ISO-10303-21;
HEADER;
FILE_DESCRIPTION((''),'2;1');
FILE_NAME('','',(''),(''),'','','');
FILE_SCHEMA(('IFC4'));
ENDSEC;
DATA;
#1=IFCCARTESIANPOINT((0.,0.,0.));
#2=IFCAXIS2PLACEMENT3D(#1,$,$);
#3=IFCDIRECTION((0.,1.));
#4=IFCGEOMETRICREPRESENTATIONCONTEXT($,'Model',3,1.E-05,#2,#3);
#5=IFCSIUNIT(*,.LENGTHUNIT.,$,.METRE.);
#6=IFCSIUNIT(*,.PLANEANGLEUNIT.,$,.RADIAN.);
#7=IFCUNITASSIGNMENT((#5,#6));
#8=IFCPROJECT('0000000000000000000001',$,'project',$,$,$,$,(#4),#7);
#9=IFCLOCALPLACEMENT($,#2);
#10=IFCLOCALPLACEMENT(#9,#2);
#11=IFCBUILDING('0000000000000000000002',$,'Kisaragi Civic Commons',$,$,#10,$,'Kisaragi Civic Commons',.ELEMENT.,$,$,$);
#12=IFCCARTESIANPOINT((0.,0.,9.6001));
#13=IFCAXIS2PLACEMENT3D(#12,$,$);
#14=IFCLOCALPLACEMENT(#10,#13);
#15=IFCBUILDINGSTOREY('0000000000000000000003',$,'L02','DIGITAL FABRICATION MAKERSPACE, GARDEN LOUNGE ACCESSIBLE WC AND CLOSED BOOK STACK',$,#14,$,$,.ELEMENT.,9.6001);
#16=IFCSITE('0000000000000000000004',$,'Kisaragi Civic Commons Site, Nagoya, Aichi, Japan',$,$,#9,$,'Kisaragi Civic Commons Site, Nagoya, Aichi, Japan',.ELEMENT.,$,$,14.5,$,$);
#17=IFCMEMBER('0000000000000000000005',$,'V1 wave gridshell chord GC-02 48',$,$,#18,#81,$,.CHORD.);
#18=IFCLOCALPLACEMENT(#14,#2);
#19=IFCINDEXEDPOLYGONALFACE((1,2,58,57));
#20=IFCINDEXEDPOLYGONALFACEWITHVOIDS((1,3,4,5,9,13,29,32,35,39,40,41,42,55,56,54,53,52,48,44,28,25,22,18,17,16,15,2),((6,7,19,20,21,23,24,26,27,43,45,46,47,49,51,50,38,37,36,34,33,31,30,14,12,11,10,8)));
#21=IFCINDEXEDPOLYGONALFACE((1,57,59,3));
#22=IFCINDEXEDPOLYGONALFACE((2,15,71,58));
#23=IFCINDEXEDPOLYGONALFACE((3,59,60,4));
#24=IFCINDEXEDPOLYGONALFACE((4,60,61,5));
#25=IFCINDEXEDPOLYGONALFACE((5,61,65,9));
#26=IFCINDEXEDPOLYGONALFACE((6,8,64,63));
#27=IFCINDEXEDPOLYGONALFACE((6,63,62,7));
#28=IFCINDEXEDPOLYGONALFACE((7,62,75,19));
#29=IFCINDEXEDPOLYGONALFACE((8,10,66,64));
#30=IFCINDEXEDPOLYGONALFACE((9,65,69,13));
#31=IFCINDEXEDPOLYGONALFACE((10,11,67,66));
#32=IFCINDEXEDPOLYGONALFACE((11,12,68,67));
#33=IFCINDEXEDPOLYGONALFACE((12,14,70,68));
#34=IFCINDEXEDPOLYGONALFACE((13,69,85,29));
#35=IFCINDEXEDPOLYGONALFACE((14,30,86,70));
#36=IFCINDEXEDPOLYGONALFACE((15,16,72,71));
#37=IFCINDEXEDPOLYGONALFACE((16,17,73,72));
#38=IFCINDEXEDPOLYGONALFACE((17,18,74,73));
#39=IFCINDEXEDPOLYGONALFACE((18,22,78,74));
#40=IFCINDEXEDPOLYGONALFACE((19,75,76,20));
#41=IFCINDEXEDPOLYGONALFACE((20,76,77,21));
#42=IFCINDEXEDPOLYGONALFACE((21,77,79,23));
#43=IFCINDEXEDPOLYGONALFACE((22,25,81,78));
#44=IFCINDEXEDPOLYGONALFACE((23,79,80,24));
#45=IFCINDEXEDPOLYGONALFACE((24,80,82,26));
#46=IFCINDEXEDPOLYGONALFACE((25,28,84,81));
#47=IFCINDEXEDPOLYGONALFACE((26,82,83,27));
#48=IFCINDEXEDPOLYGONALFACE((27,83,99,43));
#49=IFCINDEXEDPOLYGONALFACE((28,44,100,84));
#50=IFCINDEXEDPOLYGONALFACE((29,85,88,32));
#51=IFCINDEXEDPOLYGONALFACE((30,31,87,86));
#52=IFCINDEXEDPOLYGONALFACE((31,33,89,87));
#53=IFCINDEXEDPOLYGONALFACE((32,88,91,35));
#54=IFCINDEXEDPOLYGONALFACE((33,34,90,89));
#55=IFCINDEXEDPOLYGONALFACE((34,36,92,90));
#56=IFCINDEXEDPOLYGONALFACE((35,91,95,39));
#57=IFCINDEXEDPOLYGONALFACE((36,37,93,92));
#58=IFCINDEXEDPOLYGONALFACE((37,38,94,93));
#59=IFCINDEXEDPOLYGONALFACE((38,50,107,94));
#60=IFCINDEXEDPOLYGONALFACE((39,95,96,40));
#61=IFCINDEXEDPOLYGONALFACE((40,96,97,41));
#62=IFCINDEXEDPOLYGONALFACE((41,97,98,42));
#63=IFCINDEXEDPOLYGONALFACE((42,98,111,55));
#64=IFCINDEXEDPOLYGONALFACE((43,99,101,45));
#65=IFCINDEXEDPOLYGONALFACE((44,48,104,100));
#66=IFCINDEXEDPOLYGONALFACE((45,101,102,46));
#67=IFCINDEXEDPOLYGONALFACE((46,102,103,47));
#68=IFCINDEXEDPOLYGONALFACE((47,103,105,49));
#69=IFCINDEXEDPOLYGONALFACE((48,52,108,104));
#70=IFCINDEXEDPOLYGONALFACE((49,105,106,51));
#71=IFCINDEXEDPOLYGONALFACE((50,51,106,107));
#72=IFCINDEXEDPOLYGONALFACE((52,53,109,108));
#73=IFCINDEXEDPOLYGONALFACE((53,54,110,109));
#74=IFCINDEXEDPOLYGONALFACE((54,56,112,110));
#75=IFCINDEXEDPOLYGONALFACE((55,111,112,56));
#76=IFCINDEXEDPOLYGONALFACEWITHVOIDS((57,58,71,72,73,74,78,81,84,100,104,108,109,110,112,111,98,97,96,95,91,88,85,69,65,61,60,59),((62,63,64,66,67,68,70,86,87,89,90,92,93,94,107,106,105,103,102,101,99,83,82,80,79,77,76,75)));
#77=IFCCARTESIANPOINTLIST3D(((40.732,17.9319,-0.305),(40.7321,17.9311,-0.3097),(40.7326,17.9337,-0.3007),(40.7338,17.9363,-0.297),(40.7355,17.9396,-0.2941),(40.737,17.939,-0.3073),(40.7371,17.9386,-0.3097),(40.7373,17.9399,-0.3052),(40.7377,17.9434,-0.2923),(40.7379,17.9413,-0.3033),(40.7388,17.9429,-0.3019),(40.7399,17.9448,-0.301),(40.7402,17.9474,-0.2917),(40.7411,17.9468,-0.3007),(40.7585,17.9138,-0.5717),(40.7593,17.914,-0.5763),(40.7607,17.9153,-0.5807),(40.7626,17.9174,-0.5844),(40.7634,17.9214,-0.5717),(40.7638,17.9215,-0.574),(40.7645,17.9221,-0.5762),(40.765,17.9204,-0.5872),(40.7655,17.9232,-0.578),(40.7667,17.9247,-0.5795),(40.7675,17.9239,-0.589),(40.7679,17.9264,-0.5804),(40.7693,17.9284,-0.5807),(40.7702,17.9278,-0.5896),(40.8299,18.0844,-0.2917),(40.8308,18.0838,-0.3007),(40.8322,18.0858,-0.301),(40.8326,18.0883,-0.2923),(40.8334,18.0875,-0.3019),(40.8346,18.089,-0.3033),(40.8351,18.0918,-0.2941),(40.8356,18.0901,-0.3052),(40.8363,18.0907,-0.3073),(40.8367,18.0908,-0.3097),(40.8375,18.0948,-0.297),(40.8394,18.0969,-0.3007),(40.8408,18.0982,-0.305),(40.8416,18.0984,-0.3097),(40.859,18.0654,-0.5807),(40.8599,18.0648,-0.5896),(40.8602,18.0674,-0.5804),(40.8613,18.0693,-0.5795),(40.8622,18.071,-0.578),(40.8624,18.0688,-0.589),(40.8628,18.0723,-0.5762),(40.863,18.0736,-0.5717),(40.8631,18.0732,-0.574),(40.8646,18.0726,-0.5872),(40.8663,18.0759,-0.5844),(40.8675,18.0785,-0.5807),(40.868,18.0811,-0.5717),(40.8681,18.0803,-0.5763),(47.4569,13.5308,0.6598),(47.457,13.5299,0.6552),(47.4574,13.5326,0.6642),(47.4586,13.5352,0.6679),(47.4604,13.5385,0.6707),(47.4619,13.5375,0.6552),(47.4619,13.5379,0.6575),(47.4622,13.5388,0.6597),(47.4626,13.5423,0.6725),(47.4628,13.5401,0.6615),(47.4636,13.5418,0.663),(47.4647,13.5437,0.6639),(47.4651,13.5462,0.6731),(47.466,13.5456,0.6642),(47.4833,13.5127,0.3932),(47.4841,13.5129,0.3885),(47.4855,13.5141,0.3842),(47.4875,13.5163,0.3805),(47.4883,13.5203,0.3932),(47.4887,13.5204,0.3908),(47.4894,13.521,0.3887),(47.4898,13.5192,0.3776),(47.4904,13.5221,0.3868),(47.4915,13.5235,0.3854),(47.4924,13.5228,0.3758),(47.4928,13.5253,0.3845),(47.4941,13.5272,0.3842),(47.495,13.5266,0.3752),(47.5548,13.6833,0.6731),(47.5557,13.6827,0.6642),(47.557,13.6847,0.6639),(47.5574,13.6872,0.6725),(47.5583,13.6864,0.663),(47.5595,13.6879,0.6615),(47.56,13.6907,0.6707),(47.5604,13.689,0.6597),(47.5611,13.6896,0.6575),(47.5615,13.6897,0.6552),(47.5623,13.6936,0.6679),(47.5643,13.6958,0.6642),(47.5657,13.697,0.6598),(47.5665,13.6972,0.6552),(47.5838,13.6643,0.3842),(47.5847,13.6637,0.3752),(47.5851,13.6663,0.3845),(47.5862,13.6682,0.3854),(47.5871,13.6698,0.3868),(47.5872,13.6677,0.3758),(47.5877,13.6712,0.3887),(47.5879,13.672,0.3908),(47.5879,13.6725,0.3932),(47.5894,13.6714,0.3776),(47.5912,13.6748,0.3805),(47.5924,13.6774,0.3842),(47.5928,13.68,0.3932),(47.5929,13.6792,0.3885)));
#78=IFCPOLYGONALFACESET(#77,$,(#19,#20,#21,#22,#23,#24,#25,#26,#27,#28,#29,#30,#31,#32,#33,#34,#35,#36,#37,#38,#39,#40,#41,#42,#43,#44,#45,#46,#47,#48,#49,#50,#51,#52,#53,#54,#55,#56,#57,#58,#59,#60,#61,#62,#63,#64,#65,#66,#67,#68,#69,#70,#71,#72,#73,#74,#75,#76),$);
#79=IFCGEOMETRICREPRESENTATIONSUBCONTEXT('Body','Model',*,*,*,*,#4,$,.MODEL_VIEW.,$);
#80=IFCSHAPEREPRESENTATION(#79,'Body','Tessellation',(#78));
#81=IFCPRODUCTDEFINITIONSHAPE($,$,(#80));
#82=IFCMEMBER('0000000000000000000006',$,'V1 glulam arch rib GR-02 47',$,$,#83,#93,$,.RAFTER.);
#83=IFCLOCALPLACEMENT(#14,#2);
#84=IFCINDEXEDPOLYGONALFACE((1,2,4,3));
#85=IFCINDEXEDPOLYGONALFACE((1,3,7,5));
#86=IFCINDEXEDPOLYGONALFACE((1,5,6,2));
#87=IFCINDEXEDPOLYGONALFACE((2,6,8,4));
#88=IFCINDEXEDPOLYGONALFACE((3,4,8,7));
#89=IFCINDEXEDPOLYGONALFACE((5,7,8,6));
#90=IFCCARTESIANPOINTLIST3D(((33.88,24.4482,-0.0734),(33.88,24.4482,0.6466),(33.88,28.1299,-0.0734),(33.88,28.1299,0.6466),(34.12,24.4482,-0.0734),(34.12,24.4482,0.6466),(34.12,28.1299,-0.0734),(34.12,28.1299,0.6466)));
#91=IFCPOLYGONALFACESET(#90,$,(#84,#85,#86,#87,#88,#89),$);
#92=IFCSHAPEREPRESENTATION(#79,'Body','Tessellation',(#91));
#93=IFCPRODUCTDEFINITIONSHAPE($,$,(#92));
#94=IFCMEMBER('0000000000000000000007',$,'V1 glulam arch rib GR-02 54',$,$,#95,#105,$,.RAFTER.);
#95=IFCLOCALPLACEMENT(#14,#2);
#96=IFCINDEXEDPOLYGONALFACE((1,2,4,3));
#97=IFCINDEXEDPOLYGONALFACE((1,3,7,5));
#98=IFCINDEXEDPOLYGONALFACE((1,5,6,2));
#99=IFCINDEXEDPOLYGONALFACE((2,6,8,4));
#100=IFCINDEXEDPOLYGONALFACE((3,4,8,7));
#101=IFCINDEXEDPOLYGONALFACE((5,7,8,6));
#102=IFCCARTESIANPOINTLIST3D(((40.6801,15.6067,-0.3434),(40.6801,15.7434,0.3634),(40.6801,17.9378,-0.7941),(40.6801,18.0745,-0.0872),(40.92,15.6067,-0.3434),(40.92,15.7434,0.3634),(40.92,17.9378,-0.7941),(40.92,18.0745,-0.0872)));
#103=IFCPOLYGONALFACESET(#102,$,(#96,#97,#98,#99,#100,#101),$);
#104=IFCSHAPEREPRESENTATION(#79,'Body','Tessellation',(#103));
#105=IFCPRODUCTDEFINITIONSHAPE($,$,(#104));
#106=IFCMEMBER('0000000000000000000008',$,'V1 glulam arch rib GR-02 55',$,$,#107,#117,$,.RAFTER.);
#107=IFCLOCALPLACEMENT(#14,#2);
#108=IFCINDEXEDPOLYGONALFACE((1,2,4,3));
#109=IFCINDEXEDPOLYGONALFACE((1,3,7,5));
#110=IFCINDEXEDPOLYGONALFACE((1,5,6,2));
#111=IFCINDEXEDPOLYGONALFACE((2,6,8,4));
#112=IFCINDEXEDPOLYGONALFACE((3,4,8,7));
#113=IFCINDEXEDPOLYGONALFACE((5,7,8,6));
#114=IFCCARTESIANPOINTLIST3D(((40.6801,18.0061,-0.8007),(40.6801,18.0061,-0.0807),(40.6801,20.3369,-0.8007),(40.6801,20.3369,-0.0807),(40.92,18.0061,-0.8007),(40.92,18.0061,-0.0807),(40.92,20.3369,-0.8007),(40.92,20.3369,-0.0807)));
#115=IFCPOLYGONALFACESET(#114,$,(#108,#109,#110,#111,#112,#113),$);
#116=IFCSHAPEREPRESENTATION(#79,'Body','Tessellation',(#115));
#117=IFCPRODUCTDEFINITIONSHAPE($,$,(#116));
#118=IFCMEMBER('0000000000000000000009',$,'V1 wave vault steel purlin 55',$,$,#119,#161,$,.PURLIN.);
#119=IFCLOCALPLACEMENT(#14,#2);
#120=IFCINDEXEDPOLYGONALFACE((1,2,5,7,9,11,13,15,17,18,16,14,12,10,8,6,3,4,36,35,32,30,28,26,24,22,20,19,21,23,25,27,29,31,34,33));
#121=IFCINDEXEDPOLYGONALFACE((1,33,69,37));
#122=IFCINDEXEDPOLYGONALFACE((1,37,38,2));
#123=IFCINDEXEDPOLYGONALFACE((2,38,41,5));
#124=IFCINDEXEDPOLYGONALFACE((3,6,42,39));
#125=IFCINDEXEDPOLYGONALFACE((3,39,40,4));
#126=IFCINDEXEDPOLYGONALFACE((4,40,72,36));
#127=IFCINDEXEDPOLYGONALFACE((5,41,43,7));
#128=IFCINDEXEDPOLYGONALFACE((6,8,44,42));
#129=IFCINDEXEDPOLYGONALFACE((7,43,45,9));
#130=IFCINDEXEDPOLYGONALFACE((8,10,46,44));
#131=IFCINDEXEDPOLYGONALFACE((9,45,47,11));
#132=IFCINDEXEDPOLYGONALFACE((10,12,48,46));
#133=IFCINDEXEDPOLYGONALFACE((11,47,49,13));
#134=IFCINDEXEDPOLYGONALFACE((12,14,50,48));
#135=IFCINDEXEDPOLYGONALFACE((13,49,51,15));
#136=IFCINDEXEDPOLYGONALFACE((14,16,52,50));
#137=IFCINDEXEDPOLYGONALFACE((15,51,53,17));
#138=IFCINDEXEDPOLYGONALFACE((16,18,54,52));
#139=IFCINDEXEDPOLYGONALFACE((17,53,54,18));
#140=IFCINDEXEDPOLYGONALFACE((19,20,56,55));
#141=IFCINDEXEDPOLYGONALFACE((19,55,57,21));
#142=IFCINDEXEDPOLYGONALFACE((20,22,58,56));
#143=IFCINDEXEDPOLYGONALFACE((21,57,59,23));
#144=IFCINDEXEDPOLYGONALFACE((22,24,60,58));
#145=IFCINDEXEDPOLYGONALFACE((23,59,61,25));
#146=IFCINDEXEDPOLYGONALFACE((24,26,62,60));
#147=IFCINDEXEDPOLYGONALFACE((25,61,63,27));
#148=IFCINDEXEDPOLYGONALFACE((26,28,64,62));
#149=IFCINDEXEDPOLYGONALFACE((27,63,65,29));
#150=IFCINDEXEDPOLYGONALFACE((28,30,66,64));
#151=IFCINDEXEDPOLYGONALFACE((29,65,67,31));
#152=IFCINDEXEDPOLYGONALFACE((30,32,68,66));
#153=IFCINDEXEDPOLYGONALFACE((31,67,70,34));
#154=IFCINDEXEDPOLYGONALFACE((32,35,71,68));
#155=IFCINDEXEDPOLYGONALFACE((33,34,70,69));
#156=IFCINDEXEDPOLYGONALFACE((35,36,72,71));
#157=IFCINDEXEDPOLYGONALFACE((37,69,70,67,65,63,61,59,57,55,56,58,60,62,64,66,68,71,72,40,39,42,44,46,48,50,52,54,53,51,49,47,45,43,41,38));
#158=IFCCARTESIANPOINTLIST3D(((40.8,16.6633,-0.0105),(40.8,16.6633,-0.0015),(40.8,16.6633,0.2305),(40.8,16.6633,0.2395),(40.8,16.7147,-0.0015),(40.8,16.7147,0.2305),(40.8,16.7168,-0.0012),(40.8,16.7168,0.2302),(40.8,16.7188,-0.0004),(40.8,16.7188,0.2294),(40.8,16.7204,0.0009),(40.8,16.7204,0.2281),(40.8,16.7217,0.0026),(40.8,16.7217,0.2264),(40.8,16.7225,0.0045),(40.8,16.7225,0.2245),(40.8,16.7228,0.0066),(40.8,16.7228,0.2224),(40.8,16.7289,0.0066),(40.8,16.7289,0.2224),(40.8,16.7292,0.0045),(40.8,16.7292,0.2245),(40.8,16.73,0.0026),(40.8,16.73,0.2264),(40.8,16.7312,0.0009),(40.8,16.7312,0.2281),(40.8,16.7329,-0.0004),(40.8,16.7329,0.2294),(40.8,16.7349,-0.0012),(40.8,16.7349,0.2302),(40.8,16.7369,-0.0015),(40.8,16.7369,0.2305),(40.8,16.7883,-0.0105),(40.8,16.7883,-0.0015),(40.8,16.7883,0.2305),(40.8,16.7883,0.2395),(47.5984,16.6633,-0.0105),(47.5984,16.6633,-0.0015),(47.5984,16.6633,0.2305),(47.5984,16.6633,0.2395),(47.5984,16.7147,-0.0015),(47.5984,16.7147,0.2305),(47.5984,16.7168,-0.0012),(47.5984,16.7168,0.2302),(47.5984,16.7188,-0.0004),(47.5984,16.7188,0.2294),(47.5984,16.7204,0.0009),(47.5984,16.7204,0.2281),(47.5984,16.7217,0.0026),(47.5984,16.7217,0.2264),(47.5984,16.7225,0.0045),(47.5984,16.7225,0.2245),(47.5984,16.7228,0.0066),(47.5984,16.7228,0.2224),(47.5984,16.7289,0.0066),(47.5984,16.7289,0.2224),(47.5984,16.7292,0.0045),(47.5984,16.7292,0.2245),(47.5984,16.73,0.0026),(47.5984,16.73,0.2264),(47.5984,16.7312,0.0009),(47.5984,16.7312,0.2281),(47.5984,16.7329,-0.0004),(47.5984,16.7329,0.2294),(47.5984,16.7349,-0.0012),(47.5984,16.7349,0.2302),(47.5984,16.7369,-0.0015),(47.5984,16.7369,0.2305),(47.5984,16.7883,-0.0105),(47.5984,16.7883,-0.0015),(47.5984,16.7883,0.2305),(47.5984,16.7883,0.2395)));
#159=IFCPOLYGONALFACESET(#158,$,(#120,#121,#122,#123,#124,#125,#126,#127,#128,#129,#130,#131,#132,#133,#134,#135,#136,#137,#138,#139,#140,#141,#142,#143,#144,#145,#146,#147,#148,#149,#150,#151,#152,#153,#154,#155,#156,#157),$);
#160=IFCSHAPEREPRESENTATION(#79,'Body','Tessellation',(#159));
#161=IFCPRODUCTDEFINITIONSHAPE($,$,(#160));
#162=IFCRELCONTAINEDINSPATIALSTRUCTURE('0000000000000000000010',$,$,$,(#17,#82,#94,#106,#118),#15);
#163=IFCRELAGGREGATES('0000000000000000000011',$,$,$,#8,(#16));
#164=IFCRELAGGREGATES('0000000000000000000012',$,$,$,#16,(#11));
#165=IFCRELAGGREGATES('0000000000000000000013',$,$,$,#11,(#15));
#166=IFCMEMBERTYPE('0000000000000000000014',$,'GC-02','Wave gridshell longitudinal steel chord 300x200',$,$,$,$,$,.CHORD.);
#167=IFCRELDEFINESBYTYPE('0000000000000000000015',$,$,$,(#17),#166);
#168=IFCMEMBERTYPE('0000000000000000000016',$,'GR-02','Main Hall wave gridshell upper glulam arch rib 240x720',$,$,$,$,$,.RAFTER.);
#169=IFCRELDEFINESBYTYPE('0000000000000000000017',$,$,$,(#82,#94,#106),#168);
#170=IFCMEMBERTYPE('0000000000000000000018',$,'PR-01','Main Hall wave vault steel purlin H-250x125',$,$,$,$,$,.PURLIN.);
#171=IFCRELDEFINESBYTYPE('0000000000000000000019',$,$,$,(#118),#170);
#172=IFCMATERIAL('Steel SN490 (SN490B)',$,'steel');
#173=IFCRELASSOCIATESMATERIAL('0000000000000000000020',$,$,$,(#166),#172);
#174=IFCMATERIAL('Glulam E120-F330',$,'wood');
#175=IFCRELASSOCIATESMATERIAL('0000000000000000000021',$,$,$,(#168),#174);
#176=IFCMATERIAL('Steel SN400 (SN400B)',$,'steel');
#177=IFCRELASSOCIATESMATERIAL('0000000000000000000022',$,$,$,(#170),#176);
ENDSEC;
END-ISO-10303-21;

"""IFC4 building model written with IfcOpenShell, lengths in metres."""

from ifc_helpers import new_model, si_unit, direction, frame, origin, origin_2d, place, context, subcontext, project, spatial, rectangle, hollow_rectangle, i_section, extrude, material, material_profile, profile_set, type_object, element, save


model = new_model("IFC4")

# Units and contexts
model_context = context("Model", 3, precision=1e-05, world=origin(), true_north=direction((0.0, 1.0)))
body_context = subcontext(model_context, "Body", "Model", "MODEL_VIEW")
ifc_project = project(units=[si_unit("LENGTHUNIT", "METRE"), si_unit("PLANEANGLEUNIT", "RADIAN")], contexts=[model_context])

# Site, building, storey
site_placement = place(None, origin())
site = spatial("IfcSite", under=ifc_project, at=site_placement, Name="Kisaragi Civic Commons Site, Nagoya, Aichi, Japan", LongName="Kisaragi Civic Commons Site, Nagoya, Aichi, Japan", CompositionType="ELEMENT", RefElevation=14.5)
building_placement = place(site_placement, origin())
building = spatial("IfcBuilding", under=site, at=building_placement, Name="Kisaragi Civic Commons", LongName="Kisaragi Civic Commons", CompositionType="ELEMENT")
storey_placement = place(building_placement, frame((0.0, 0.0, 9.6001)))
storey = spatial("IfcBuildingStorey", under=building, at=storey_placement, Name="L02", Description="DIGITAL FABRICATION MAKERSPACE, GARDEN LOUNGE ACCESSIBLE WC AND CLOSED BOOK STACK", CompositionType="ELEMENT", Elevation=9.6001)

# Members
ifc_material_1 = material(Name="Steel SN400 (SN400B)", Category="steel")
ifc_material_2 = material(Name="Steel SN490 (SN490B)", Category="steel")
ifc_material_profile_1 = material_profile(ifc_material_2, hollow_rectangle(XDim=0.2, YDim=0.3, WallThickness=0.009, InnerFilletRadius=0.009, OuterFilletRadius=0.0181, at=origin_2d()), Name="STKR-300x200x9", Category="steel")
ifc_profile_set_1 = profile_set([ifc_material_profile_1], Name="Steel SN490 (SN490B)")
member_type_1 = type_object("IfcMemberType", Name="GC-02", Description="Wave gridshell longitudinal steel chord 300x200", PredefinedType="CHORD", material=ifc_profile_set_1)
member_1_placement = place(storey_placement, frame((40.8, 18.0061, -0.4407), z_axis=(0.830771, -0.543703, 0.119194), x_axis=(0.547607, 0.836736, 0.0)))
element("IfcMember", 1, at=member_1_placement, inside=storey, type_object=member_type_1, Name="V1 wave gridshell chord GC-02 48", PredefinedType="CHORD", context=body_context, shape_type="SweptSolid", body=[
    extrude(hollow_rectangle(XDim=0.2, YDim=0.3, WallThickness=0.009, InnerFilletRadius=0.009, OuterFilletRadius=0.0181, at=origin_2d()), origin(), (0.0, 0.0, 1.0), 8.0947),
])
ifc_material_3 = material(Name="Glulam E120-F330", Category="wood")
ifc_material_profile_2 = material_profile(ifc_material_3, rectangle(XDim=0.24, YDim=0.72, at=origin_2d()), Name="GL-240x720", Category="wood")
ifc_profile_set_2 = profile_set([ifc_material_profile_2], Name="Glulam E120-F330")
member_type_2 = type_object("IfcMemberType", Name="GR-02", Description="Main Hall wave gridshell upper glulam arch rib 240x720", PredefinedType="RAFTER", material=ifc_profile_set_2)
member_2_placement = place(storey_placement, frame((34.0, 24.4482, 0.2866), z_axis=(0.0, 1.0, 0.0), x_axis=(-1.0, 0.0, 0.0)))
element("IfcMember", 2, at=member_2_placement, inside=storey, type_object=member_type_2, Name="V1 glulam arch rib GR-02 47", PredefinedType="RAFTER", context=body_context, shape_type="SweptSolid", body=[
    extrude(rectangle(XDim=0.24, YDim=0.72, at=origin_2d()), origin(), (0.0, 0.0, 1.0), 3.6816),
])
member_3_placement = place(storey_placement, frame((40.8, 15.675, 0.01), z_axis=(0.0, 0.981818, -0.189824), x_axis=(-1.0, 0.0, 0.0)))
element("IfcMember", 3, at=member_3_placement, inside=storey, type_object=member_type_2, Name="V1 glulam arch rib GR-02 54", PredefinedType="RAFTER", context=body_context, shape_type="SweptSolid", body=[
    extrude(rectangle(XDim=0.24, YDim=0.72, at=origin_2d()), origin(), (0.0, 0.0, 1.0), 2.3743),
])
member_4_placement = place(storey_placement, frame((40.8, 18.0061, -0.4407), z_axis=(0.0, 1.0, 0.0), x_axis=(-1.0, 0.0, 0.0)))
element("IfcMember", 4, at=member_4_placement, inside=storey, type_object=member_type_2, Name="V1 glulam arch rib GR-02 55", PredefinedType="RAFTER", context=body_context, shape_type="SweptSolid", body=[
    extrude(rectangle(XDim=0.24, YDim=0.72, at=origin_2d()), origin(), (0.0, 0.0, 1.0), 2.3308),
])
ifc_material_profile_3 = material_profile(ifc_material_1, i_section(OverallWidth=0.125, OverallDepth=0.25, WebThickness=0.0061, FlangeThickness=0.009, FilletRadius=0.0081, at=origin_2d()), Name="H-250x125x6x9", Category="steel")
ifc_profile_set_3 = profile_set([ifc_material_profile_3], Name="Steel SN400 (SN400B)")
member_type_3 = type_object("IfcMemberType", Name="PR-01", Description="Main Hall wave vault steel purlin H-250x125", PredefinedType="PURLIN", material=ifc_profile_set_3)
member_5_placement = place(storey_placement, frame((40.8, 16.7258, 0.1145), z_axis=(1.0, 0.0, 0.0), x_axis=(0.0, 1.0, 0.0)))
element("IfcMember", 5, at=member_5_placement, inside=storey, type_object=member_type_3, Name="V1 wave vault steel purlin 55", PredefinedType="PURLIN", context=body_context, shape_type="SweptSolid", body=[
    extrude(i_section(OverallWidth=0.125, OverallDepth=0.25, WebThickness=0.0061, FlangeThickness=0.009, FilletRadius=0.0081, at=origin_2d()), origin(), (0.0, 0.0, 1.0), 6.7983),
])

save(model, "model.ifc")
